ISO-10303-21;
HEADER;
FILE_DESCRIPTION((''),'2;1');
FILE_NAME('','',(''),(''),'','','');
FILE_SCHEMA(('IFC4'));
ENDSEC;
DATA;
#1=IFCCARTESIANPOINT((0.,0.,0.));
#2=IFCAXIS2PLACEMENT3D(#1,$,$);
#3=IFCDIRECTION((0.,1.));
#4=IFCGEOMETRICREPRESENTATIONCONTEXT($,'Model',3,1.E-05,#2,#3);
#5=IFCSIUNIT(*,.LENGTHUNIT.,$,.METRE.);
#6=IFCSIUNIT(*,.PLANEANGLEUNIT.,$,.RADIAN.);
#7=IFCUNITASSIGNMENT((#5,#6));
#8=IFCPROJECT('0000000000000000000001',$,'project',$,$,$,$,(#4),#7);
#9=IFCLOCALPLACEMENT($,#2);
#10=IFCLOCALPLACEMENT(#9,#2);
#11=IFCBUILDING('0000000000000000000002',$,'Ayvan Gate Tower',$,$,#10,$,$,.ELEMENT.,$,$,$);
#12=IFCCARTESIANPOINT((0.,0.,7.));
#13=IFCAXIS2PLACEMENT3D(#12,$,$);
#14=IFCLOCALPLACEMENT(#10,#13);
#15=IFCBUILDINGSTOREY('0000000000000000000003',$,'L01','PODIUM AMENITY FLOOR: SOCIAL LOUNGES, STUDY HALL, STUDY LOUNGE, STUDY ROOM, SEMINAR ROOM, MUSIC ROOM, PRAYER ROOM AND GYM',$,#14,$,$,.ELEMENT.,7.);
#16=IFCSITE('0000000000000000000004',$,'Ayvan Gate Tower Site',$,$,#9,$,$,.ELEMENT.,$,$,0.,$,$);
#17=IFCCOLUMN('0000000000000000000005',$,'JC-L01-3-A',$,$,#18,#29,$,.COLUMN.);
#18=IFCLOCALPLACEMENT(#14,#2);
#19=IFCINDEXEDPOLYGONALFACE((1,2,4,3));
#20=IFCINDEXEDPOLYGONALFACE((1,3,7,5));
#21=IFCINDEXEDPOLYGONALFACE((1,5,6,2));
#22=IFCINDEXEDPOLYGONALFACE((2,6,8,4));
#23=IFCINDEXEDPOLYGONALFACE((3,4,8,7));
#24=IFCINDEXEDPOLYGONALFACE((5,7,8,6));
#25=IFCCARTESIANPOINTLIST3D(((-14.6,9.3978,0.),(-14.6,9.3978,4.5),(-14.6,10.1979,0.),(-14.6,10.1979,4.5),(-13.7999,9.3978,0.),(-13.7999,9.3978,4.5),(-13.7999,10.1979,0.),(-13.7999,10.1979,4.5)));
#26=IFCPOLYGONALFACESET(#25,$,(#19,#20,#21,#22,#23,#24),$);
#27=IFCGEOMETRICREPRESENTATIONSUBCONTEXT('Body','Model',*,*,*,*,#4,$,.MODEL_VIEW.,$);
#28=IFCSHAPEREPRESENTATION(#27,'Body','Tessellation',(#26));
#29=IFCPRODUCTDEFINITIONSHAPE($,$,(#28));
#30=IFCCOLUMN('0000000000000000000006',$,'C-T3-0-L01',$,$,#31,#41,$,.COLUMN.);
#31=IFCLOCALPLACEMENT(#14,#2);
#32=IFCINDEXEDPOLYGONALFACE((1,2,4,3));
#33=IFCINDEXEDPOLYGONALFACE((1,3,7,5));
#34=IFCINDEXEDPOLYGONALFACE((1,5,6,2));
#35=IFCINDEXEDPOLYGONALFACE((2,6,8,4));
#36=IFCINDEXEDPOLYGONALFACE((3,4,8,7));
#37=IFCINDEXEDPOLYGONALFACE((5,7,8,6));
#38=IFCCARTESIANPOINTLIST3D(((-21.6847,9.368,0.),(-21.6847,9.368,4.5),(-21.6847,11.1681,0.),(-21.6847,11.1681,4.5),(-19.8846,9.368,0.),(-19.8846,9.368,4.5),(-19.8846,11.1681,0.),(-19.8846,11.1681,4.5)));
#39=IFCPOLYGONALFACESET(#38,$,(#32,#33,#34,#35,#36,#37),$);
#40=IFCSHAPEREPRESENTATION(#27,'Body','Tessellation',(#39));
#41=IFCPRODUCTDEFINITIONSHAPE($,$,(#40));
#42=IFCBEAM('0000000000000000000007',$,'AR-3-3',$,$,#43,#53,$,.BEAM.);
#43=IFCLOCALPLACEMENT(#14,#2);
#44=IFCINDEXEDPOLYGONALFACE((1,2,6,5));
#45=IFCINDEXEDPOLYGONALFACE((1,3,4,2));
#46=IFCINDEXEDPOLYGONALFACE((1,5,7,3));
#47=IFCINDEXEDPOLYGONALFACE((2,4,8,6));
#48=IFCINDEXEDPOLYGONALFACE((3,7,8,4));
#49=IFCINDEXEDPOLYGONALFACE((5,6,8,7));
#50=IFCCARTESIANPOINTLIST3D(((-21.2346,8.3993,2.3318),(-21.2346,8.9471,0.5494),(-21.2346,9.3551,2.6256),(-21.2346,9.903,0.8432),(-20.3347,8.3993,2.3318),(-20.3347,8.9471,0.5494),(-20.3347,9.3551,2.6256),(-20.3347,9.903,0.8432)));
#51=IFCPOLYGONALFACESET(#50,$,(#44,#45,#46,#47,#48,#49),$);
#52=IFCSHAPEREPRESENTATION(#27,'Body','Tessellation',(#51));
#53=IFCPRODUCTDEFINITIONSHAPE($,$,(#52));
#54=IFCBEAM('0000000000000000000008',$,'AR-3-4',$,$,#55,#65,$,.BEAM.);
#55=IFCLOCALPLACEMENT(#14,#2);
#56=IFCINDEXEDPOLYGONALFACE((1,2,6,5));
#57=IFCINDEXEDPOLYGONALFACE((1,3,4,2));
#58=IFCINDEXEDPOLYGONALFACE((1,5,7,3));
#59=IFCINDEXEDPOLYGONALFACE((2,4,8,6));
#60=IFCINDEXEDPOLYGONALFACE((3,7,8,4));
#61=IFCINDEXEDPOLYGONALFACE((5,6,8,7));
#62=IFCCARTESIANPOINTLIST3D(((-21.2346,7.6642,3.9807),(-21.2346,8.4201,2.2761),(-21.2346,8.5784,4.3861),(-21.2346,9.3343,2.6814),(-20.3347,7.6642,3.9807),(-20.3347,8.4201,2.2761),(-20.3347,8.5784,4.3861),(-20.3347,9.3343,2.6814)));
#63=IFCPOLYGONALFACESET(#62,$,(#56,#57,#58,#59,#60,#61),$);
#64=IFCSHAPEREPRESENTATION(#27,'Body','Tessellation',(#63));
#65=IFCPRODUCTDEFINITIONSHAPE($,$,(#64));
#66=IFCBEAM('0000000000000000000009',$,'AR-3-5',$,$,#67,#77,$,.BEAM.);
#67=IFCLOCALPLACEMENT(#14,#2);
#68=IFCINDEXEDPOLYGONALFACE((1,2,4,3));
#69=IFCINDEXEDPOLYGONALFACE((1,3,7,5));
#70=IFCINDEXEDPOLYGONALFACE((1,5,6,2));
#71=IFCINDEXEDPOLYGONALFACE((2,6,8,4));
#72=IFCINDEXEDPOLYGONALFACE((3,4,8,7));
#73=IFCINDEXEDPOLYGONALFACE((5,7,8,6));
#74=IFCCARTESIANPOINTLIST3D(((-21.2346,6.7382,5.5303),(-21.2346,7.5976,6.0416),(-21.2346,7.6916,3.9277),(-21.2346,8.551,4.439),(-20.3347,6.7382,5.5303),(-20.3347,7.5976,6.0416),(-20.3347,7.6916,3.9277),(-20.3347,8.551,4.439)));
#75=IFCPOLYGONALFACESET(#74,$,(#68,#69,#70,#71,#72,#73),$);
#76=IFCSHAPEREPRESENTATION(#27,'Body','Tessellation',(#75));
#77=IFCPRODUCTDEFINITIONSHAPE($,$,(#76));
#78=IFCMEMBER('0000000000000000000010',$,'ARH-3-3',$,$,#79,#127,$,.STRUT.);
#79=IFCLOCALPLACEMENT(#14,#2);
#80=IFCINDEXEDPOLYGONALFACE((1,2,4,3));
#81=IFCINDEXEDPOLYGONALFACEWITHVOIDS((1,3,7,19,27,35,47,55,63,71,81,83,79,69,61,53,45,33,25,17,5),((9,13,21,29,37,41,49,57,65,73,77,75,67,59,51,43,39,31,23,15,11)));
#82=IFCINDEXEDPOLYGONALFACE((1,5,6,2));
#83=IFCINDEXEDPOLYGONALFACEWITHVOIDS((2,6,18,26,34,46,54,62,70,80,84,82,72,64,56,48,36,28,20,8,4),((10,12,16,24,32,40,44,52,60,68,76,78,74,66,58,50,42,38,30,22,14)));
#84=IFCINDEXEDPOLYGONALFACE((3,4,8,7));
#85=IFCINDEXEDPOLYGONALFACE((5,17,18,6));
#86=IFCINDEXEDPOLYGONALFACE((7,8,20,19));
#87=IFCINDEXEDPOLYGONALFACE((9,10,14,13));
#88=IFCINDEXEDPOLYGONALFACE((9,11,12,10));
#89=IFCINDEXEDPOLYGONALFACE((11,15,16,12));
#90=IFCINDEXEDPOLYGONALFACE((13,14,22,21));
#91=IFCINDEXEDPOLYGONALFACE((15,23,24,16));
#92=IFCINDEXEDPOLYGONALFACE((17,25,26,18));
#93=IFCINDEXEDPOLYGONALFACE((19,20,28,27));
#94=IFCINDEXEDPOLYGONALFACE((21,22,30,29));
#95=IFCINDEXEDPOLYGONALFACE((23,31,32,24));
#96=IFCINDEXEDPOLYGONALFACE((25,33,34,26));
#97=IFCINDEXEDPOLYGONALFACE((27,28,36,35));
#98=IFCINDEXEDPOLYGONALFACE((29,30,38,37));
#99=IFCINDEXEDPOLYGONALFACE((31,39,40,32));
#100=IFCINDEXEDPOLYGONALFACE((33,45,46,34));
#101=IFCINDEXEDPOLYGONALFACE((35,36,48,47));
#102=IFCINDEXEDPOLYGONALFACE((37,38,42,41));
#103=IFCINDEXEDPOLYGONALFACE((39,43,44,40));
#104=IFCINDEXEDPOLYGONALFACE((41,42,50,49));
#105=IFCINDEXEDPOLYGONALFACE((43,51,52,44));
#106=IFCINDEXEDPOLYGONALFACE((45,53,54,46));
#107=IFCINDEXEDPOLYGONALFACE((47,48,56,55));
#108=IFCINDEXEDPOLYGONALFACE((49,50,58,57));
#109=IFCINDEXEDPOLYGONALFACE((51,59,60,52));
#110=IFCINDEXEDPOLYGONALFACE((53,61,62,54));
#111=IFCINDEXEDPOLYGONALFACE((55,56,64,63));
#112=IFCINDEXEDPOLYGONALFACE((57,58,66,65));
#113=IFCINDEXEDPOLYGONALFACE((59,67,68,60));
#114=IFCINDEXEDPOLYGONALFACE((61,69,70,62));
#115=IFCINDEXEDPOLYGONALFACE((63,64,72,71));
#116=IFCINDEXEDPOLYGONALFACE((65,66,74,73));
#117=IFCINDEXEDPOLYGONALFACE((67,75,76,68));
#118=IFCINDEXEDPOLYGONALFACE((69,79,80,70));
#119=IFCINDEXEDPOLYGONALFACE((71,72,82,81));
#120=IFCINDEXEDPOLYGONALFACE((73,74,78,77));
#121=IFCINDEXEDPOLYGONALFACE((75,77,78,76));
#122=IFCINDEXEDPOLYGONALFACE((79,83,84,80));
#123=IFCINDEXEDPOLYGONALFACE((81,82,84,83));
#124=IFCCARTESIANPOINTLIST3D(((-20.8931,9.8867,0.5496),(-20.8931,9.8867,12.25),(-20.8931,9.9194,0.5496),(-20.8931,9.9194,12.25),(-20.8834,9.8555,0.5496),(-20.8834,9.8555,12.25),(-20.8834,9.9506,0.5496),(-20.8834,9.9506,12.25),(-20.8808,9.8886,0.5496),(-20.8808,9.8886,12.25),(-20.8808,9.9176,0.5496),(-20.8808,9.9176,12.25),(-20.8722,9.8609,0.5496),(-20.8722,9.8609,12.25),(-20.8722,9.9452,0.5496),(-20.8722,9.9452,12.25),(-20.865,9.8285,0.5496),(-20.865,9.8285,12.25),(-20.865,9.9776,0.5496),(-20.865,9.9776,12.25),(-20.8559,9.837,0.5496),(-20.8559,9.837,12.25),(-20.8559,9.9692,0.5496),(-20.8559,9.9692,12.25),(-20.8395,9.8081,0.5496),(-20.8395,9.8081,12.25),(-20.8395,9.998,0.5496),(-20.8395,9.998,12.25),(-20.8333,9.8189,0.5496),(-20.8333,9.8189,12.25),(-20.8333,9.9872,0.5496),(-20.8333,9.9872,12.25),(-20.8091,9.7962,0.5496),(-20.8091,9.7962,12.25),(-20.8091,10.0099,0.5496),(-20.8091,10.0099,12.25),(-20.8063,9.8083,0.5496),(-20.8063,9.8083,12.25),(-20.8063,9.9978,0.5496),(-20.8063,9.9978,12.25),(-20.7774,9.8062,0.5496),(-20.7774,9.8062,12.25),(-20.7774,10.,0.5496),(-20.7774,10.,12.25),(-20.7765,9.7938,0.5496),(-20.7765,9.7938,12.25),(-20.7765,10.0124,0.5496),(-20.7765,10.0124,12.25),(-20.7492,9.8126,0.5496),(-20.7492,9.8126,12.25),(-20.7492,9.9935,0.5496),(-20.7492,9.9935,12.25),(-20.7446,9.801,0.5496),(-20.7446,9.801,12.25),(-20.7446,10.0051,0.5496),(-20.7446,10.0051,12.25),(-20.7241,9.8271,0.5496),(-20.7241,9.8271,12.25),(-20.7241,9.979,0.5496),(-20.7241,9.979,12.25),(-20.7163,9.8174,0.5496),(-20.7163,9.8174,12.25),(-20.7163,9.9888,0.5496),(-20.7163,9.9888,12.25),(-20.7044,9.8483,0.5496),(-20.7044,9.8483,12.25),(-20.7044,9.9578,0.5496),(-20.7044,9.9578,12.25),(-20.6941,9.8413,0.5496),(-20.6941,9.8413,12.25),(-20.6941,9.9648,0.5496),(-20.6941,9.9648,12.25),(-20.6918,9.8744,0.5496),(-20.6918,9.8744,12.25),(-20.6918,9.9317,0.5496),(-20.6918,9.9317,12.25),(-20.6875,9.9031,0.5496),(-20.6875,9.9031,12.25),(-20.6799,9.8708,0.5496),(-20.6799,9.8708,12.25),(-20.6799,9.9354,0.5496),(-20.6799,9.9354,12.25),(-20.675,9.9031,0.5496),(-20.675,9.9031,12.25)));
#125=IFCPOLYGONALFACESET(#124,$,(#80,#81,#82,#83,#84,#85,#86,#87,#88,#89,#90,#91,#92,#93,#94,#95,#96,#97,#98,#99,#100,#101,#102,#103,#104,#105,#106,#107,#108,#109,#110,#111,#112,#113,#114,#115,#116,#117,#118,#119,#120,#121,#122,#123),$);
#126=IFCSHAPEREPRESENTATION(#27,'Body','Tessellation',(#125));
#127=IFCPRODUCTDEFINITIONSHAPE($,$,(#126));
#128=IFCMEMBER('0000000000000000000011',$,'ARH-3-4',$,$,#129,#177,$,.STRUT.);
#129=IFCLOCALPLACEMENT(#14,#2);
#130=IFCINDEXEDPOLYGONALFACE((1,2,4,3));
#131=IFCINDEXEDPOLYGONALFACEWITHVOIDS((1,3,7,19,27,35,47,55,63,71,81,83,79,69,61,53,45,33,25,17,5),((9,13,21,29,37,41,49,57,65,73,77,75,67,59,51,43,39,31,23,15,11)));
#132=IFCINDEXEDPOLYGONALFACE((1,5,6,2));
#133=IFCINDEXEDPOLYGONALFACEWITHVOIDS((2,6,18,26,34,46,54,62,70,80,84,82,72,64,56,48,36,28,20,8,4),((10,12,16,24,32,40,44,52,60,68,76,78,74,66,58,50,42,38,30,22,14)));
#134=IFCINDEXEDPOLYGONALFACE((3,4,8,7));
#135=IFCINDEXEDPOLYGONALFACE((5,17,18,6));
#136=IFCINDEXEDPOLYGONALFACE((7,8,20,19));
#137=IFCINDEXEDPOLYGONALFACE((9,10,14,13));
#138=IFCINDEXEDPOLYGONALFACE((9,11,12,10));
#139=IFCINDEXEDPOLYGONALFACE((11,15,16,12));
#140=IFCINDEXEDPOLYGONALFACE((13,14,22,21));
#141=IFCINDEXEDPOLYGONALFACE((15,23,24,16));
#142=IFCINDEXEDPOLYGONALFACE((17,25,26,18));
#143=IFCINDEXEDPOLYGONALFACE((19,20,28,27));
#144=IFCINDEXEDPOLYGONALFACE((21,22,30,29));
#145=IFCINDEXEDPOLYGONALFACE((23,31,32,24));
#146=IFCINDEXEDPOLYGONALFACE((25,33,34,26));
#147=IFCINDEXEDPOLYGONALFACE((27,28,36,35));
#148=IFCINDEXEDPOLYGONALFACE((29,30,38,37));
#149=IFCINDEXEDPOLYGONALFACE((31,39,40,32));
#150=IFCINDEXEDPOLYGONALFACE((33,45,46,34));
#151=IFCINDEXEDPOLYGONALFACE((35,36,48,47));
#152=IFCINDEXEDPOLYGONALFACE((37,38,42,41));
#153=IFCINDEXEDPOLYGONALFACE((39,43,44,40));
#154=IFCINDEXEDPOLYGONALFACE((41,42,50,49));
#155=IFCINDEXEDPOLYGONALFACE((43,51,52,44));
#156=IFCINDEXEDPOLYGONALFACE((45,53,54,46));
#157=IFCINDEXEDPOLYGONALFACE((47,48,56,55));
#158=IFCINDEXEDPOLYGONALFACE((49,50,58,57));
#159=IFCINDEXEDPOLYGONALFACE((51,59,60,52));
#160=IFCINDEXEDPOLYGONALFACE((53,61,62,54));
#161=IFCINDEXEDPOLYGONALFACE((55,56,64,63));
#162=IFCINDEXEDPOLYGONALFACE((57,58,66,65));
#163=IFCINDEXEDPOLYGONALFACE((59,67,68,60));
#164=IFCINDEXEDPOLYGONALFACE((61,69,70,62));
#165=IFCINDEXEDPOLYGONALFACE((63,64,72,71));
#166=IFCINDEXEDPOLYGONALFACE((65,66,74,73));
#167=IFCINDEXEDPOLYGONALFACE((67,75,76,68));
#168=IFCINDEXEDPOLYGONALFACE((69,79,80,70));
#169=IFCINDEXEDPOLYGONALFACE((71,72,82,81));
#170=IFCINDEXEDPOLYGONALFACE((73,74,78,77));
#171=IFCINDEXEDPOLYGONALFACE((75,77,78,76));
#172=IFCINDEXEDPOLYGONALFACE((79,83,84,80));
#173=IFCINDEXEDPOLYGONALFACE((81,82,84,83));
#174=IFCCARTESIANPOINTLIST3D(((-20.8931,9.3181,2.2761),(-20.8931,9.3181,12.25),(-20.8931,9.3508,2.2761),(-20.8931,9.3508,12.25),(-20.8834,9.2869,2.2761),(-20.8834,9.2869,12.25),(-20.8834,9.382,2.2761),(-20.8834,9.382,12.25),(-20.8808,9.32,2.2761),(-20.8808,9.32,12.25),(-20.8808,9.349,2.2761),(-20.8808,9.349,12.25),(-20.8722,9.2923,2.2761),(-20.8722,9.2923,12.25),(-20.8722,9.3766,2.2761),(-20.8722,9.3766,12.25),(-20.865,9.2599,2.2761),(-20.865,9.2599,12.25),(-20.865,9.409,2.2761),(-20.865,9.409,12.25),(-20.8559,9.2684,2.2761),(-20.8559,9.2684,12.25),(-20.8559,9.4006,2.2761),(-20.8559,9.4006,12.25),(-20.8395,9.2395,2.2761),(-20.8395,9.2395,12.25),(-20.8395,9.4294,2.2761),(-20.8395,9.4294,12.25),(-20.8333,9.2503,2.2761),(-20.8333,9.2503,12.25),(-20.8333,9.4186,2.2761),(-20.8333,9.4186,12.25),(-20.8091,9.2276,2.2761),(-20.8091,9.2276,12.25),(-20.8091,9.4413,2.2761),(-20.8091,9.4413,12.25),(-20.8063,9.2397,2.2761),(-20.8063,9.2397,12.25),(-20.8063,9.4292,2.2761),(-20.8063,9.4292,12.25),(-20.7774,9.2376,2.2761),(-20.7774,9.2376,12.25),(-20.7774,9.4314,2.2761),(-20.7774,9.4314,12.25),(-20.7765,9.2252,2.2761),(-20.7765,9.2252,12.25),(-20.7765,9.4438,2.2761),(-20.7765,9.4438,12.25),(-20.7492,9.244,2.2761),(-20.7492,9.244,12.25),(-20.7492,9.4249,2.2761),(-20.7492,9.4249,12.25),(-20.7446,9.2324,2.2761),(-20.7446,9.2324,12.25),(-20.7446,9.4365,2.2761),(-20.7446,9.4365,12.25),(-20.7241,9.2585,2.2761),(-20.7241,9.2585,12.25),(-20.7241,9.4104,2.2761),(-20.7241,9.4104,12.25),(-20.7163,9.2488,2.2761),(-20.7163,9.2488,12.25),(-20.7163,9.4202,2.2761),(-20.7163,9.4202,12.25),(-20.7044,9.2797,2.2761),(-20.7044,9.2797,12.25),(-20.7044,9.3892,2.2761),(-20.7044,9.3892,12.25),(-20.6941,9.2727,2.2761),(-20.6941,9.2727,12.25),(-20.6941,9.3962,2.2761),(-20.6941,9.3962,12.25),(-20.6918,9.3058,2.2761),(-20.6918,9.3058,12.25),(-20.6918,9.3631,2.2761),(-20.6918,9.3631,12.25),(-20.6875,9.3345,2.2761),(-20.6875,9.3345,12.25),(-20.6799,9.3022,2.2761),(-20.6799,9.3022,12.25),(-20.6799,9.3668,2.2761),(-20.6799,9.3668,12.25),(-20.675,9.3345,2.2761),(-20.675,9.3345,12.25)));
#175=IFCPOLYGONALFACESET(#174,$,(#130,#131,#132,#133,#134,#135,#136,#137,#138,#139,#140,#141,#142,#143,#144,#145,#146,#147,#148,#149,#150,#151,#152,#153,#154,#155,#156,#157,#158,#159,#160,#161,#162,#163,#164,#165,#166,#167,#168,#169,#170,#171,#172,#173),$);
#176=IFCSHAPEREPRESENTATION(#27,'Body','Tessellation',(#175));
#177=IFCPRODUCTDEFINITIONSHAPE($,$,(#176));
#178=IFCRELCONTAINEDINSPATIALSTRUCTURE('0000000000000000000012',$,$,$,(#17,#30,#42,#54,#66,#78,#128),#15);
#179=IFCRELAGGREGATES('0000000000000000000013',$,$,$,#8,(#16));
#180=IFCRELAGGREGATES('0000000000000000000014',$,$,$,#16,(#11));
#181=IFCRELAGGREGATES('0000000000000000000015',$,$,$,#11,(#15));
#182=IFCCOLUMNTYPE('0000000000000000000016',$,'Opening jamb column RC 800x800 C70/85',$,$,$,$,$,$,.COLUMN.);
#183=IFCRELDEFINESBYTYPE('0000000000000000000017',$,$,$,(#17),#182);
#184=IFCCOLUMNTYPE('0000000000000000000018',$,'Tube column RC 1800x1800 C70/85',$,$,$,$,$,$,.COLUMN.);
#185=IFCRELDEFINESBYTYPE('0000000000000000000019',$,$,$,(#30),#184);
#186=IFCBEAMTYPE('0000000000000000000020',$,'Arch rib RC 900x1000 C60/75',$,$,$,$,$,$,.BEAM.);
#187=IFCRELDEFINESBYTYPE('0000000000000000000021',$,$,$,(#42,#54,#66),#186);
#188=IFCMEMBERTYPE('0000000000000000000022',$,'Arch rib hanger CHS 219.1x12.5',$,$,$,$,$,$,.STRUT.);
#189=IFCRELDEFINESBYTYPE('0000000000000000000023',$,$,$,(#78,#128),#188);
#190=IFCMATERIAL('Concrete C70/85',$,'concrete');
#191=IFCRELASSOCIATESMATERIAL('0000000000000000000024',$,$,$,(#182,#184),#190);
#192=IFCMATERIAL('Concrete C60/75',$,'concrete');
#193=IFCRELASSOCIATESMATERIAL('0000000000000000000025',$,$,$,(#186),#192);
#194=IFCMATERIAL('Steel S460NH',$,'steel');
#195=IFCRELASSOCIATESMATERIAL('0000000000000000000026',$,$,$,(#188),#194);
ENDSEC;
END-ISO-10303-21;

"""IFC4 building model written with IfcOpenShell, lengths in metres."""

from ifc_helpers import new_model, si_unit, direction, frame, origin, origin_2d, place, context, subcontext, project, spatial, rectangle, hollow_circle, extrude, material, material_profile, profile_set, type_object, element, save


model = new_model("IFC4")

# Units and contexts
model_context = context("Model", 3, precision=1e-05, world=origin(), true_north=direction((0.0, 1.0)))
body_context = subcontext(model_context, "Body", "Model", "MODEL_VIEW")
ifc_project = project(units=[si_unit("LENGTHUNIT", "METRE"), si_unit("PLANEANGLEUNIT", "RADIAN")], contexts=[model_context])

# Site, building, storey
site_placement = place(None, origin())
site = spatial("IfcSite", under=ifc_project, at=site_placement, Name="Ayvan Gate Tower Site", CompositionType="ELEMENT", RefElevation=0.0)
building_placement = place(site_placement, origin())
building = spatial("IfcBuilding", under=site, at=building_placement, Name="Ayvan Gate Tower", CompositionType="ELEMENT")
storey_placement = place(building_placement, frame((0.0, 0.0, 7.0)))
storey = spatial("IfcBuildingStorey", under=building, at=storey_placement, Name="L01", Description="PODIUM AMENITY FLOOR: SOCIAL LOUNGES, STUDY HALL, STUDY LOUNGE, STUDY ROOM, SEMINAR ROOM, MUSIC ROOM, PRAYER ROOM AND GYM", CompositionType="ELEMENT", Elevation=7.0)

# Columns
ifc_material_1 = material(Name="Concrete C70/85", Category="concrete")
ifc_material_profile_1 = material_profile(ifc_material_1, rectangle(XDim=0.8, YDim=0.8, at=origin_2d()), Name="RC 800x800")
ifc_profile_set_1 = profile_set([ifc_material_profile_1], Name="Concrete C70/85")
column_type_1 = type_object("IfcColumnType", Name="Opening jamb column RC 800x800 C70/85", PredefinedType="COLUMN", material=ifc_profile_set_1)
column_1_placement = place(storey_placement, frame((-14.2, 9.7979, 0.0), z_axis=(0.0, 0.0, 1.0), x_axis=(-1.0, 0.0, 0.0)))
element("IfcColumn", 1, at=column_1_placement, inside=storey, type_object=column_type_1, Name="JC-L01-3-A", PredefinedType="COLUMN", context=body_context, shape_type="SweptSolid", body=[
    extrude(rectangle(XDim=0.8, YDim=0.8, at=origin_2d()), origin(), (0.0, 0.0, 1.0), 4.5),
])
ifc_material_profile_2 = material_profile(ifc_material_1, rectangle(XDim=1.8, YDim=1.8, at=origin_2d()), Name="RC 1800x1800")
ifc_profile_set_2 = profile_set([ifc_material_profile_2], Name="Concrete C70/85")
column_type_2 = type_object("IfcColumnType", Name="Tube column RC 1800x1800 C70/85", PredefinedType="COLUMN", material=ifc_profile_set_2)
column_2_placement = place(storey_placement, frame((-20.7847, 10.2681, 0.0), z_axis=(0.0, 0.0, 1.0), x_axis=(-1.0, 0.0, 0.0)))
element("IfcColumn", 2, at=column_2_placement, inside=storey, type_object=column_type_2, Name="C-T3-0-L01", PredefinedType="COLUMN", context=body_context, shape_type="SweptSolid", body=[
    extrude(rectangle(XDim=1.8, YDim=1.8, at=origin_2d()), origin(), (0.0, 0.0, 1.0), 4.5),
])

# Beams
ifc_material_2 = material(Name="Concrete C60/75", Category="concrete")
ifc_material_profile_3 = material_profile(ifc_material_2, rectangle(XDim=0.8999, YDim=1.0, at=origin_2d()), Name="RC 900x1000")
ifc_profile_set_3 = profile_set([ifc_material_profile_3], Name="Concrete C60/75")
beam_type_1 = type_object("IfcBeamType", Name="Arch rib RC 900x1000 C60/75", PredefinedType="BEAM", material=ifc_profile_set_3)
for number, where, z_axis, x_axis, name in (
    (3, (-20.7847, 9.425, 0.6963), (0.0, -0.293791, 0.95587), (1.0, 0.0, 0.0), "AR-3-3"),
    (4, (-20.7847, 8.8772, 2.4788), (0.0, -0.405361, 0.914157), (1.0, 0.0, 0.0), "AR-3-4"),
    (5, (-20.7847, 8.1213, 4.1833), (0.0, -0.511277, 0.859416), (1.0, 0.0, 0.0), "AR-3-5"),
):
    element("IfcBeam", number, at=place(storey_placement, frame(where, z_axis=z_axis, x_axis=x_axis)), inside=storey, type_object=beam_type_1, Name=name, PredefinedType="BEAM", context=body_context, shape_type="SweptSolid", body=[
        extrude(rectangle(XDim=0.8999, YDim=1.0, at=origin_2d()), origin(), (0.0, 0.0, 1.0), 1.8647),
    ])

# Members
ifc_material_3 = material(Name="Steel S460NH", Category="steel")
ifc_material_profile_4 = material_profile(ifc_material_3, hollow_circle(Radius=0.1096, WallThickness=0.0125, at=origin_2d()), Name="CHS 219.1x12.5")
ifc_profile_set_4 = profile_set([ifc_material_profile_4], Name="Steel S460NH")
member_type = type_object("IfcMemberType", Name="Arch rib hanger CHS 219.1x12.5", PredefinedType="STRUT", material=ifc_profile_set_4)
member_1_placement = place(storey_placement, frame((-20.7847, 9.9031, 0.5496), z_axis=(0.0, 0.0, 1.0), x_axis=(1.0, 0.0, 0.0)))
element("IfcMember", 6, at=member_1_placement, inside=storey, type_object=member_type, Name="ARH-3-3", PredefinedType="STRUT", context=body_context, shape_type="SweptSolid", body=[
    extrude(hollow_circle(Radius=0.1096, WallThickness=0.0125, at=origin_2d()), origin(), (0.0, 0.0, 1.0), 11.7004),
])
member_2_placement = place(storey_placement, frame((-20.7847, 9.3345, 2.2761), z_axis=(0.0, 0.0, 1.0), x_axis=(1.0, 0.0, 0.0)))
element("IfcMember", 7, at=member_2_placement, inside=storey, type_object=member_type, Name="ARH-3-4", PredefinedType="STRUT", context=body_context, shape_type="SweptSolid", body=[
    extrude(hollow_circle(Radius=0.1096, WallThickness=0.0125, at=origin_2d()), origin(), (0.0, 0.0, 1.0), 9.9739),
])

save(model, "model.ifc")
